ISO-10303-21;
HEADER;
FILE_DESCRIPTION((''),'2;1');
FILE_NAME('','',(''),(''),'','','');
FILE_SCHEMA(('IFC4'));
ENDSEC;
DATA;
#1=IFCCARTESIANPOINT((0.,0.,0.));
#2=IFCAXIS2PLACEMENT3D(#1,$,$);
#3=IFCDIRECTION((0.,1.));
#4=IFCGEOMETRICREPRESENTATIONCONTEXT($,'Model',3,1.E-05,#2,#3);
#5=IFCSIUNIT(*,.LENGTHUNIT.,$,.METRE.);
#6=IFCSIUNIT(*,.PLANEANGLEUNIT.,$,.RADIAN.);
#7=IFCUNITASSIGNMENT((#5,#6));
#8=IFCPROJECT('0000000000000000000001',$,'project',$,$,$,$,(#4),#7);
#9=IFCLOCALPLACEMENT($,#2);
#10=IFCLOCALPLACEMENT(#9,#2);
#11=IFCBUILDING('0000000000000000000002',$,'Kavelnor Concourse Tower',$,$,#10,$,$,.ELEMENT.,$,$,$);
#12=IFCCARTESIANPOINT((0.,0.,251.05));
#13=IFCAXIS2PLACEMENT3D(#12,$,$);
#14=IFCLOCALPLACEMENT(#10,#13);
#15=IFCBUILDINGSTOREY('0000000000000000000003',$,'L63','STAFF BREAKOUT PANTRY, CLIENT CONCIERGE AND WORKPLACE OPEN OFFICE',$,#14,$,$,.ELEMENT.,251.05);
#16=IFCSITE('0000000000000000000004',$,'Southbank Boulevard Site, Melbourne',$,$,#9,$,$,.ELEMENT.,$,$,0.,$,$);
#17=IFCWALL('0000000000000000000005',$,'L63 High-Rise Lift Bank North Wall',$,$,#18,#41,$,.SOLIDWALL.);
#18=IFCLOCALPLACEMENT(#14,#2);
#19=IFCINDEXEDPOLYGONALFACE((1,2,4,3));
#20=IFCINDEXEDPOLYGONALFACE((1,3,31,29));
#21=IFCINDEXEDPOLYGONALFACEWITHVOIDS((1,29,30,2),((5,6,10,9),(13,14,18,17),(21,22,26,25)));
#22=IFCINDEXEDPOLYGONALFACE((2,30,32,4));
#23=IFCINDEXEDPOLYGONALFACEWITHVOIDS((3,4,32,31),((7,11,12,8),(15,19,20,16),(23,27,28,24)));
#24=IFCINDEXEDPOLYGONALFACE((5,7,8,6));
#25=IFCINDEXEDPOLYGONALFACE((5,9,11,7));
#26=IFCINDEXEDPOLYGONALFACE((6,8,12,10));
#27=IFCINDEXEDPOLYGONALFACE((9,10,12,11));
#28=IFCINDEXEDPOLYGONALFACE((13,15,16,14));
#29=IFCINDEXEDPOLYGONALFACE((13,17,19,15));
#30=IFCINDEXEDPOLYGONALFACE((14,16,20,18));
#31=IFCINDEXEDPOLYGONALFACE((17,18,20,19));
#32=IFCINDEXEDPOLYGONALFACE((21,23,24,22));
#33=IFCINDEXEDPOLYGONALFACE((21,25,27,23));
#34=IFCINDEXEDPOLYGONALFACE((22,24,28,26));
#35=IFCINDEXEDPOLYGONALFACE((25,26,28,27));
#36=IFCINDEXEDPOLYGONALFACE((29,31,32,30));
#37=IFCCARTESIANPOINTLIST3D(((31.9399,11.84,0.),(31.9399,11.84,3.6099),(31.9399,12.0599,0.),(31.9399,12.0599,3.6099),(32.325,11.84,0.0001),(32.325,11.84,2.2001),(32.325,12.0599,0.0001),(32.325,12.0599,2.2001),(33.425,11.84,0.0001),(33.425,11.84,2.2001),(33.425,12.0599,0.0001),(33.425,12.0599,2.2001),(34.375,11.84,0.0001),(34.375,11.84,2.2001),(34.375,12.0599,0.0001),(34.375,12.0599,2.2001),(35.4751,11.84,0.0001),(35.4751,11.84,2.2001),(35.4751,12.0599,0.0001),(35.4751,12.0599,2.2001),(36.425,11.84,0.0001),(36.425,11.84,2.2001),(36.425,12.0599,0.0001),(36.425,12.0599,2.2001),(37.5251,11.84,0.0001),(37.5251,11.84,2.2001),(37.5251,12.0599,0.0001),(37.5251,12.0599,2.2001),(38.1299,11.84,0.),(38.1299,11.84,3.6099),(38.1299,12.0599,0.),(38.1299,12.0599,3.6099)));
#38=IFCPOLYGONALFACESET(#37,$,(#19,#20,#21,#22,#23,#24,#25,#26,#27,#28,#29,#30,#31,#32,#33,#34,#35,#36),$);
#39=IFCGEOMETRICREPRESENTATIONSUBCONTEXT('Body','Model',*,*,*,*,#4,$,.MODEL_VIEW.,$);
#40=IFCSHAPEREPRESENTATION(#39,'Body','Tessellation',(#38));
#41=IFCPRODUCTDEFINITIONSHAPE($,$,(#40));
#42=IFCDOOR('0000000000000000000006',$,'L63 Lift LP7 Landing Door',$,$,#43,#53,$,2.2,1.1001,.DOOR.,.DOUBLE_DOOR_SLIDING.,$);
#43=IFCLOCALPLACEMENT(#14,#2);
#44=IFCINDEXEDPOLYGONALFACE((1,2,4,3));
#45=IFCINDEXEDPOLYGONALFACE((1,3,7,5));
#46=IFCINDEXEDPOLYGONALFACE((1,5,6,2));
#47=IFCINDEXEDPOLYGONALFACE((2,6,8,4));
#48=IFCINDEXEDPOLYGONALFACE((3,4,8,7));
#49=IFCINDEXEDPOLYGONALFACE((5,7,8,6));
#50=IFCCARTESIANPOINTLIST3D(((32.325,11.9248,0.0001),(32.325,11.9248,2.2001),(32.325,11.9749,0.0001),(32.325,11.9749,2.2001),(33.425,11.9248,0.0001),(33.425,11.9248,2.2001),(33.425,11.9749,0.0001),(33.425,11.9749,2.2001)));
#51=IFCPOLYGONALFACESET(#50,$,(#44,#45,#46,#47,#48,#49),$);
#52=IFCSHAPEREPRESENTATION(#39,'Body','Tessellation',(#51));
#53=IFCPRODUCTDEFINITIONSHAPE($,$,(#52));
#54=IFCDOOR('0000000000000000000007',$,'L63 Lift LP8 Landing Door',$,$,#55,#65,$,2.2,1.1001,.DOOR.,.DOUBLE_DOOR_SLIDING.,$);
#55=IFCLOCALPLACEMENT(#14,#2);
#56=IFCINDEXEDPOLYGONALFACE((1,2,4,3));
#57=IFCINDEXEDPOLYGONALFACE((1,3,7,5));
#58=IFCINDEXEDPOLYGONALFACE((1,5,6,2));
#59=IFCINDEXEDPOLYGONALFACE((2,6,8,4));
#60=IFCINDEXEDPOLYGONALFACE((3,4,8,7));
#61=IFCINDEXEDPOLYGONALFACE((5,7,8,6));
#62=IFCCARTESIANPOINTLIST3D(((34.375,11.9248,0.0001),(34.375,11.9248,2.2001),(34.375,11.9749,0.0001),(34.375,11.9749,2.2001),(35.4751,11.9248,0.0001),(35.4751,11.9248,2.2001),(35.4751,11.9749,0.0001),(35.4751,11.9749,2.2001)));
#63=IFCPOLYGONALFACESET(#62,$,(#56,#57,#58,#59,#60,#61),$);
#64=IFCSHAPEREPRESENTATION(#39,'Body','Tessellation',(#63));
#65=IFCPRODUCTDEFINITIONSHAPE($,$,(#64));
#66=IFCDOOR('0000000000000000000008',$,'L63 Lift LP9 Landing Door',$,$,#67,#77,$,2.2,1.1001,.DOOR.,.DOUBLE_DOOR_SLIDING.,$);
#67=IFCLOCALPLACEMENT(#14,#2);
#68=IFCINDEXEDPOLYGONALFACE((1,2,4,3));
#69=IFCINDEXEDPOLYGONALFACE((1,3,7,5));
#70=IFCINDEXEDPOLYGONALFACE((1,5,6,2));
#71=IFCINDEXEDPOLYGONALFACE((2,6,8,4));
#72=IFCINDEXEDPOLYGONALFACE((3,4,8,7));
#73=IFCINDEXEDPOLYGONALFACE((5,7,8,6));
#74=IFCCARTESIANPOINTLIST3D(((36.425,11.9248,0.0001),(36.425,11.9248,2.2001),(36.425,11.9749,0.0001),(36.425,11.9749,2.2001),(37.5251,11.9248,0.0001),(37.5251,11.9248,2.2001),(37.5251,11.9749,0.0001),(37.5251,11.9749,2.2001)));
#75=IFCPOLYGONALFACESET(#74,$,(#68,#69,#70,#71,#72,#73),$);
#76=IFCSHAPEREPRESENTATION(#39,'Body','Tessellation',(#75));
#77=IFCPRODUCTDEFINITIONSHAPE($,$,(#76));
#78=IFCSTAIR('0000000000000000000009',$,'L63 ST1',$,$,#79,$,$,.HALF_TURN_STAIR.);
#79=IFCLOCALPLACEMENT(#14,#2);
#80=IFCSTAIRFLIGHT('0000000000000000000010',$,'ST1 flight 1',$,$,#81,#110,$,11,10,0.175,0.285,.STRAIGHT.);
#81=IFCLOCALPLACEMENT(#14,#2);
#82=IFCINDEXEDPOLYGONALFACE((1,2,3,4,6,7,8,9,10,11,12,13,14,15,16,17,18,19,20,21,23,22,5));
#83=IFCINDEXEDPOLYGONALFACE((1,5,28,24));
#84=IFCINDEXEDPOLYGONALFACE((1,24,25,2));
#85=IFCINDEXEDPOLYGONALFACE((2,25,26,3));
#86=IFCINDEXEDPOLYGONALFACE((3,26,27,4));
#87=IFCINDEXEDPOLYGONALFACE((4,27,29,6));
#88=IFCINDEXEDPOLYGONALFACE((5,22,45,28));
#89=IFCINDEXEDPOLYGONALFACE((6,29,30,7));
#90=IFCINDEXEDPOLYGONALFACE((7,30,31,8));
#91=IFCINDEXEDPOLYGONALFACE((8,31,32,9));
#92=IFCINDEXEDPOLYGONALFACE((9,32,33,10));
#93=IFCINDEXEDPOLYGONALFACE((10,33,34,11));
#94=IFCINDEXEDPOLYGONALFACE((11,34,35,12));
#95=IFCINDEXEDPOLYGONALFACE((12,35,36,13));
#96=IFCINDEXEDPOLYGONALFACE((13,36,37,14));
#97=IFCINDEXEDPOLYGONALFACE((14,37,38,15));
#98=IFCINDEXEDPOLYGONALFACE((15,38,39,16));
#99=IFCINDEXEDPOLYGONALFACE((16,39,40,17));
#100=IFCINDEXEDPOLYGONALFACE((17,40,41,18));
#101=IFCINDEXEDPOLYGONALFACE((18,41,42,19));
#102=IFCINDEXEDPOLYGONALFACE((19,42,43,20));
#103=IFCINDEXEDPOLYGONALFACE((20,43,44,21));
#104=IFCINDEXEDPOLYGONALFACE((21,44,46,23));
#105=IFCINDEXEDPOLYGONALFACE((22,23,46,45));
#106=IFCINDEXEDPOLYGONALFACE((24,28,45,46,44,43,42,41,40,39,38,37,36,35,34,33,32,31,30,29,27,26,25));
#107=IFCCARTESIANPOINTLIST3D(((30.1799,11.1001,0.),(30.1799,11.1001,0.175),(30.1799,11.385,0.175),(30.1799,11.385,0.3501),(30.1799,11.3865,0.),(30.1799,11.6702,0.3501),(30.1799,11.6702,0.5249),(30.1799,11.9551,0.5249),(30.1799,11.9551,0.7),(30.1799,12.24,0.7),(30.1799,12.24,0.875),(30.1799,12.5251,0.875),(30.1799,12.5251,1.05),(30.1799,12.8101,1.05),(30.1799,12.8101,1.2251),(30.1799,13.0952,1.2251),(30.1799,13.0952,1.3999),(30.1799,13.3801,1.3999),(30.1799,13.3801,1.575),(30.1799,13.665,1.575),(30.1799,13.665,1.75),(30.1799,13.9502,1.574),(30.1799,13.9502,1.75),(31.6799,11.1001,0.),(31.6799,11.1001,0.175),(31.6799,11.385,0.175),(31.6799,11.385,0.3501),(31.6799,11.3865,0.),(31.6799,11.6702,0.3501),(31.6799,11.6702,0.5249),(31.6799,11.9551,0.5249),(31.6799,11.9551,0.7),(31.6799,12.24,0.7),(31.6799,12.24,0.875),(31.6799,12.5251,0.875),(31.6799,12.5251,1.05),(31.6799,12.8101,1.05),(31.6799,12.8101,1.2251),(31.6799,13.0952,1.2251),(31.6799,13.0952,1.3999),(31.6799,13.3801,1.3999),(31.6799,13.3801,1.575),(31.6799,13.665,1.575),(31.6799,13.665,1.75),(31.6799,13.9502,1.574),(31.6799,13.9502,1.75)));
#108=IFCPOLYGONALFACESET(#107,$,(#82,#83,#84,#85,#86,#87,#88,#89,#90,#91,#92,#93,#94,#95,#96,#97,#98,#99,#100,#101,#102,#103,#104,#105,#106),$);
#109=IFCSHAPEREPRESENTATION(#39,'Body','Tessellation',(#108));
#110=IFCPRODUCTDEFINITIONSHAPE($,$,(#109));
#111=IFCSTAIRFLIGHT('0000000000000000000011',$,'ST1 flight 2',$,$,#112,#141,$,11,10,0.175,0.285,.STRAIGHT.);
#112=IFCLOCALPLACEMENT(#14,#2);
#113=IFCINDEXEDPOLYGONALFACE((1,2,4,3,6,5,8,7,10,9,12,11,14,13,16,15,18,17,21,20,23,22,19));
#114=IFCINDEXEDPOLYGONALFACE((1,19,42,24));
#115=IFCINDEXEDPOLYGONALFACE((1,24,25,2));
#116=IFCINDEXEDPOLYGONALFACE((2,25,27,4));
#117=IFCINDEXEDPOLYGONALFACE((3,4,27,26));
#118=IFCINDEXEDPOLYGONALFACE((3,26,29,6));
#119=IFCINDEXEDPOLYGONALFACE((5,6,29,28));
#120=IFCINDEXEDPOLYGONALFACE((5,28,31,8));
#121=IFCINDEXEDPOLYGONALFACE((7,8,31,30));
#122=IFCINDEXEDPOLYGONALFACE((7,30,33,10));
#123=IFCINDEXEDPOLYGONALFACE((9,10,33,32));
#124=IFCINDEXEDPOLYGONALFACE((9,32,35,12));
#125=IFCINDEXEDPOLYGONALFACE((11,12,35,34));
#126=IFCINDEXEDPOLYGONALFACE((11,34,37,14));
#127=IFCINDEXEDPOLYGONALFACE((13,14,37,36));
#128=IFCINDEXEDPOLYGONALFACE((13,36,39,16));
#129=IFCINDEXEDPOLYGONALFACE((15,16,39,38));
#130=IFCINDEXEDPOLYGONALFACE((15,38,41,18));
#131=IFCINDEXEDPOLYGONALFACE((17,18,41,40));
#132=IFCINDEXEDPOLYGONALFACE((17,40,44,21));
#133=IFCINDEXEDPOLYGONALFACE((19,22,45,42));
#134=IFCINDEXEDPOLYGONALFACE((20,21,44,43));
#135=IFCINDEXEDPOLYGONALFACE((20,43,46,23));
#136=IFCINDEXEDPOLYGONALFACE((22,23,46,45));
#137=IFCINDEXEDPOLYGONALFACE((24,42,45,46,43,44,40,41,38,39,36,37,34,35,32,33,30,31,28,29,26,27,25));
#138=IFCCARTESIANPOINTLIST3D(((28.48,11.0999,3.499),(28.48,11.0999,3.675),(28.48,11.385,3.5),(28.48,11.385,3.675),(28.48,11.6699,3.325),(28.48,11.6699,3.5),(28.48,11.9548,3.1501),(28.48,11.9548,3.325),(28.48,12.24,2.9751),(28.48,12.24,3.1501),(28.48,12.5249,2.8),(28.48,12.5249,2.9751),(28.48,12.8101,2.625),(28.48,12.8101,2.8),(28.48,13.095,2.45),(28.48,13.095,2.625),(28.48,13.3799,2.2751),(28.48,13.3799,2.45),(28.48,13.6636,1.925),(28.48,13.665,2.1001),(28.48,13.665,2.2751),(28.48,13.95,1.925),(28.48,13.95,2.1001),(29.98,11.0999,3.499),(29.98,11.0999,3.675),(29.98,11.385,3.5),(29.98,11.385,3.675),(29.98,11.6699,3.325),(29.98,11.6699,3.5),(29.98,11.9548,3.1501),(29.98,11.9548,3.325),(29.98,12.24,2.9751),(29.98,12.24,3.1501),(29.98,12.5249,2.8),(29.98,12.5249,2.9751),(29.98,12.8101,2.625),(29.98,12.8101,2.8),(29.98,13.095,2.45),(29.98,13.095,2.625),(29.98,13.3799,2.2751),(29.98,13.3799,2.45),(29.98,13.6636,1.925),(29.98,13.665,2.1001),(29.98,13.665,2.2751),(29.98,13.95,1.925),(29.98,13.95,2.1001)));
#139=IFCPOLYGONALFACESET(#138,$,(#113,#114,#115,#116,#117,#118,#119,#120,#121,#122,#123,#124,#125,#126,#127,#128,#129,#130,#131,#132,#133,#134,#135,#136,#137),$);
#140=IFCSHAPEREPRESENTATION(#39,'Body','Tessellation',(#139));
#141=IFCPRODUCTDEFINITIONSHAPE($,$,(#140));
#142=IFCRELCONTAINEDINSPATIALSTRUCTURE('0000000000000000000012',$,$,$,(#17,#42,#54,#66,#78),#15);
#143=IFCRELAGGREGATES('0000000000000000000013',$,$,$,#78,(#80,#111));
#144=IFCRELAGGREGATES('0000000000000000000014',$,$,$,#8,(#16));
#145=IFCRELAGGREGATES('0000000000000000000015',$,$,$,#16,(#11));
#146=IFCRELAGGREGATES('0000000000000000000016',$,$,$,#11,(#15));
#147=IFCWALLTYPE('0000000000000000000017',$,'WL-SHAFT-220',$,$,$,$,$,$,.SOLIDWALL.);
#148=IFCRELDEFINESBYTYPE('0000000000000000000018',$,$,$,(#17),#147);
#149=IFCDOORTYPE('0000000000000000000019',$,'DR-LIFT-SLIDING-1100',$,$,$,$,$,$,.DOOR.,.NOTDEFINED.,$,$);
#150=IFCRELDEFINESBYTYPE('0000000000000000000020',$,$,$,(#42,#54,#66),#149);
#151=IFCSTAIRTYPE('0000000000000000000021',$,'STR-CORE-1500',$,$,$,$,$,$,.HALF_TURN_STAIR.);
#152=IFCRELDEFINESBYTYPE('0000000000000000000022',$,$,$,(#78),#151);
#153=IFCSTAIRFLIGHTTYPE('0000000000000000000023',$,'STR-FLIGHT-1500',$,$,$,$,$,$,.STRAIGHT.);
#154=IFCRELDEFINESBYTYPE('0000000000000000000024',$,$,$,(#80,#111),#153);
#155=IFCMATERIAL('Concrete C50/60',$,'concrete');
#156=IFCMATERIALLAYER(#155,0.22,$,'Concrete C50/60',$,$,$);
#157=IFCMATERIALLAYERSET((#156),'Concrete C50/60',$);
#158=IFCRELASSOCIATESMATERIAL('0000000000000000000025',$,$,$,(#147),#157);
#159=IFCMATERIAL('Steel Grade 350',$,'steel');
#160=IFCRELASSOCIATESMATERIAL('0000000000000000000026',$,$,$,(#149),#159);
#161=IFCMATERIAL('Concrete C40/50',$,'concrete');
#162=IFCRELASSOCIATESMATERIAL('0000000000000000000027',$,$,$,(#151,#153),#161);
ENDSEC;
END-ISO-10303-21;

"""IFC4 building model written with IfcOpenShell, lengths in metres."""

from ifc_helpers import new_model, si_unit, direction, frame, frame_2d, origin, place, context, subcontext, project, spatial, polyline, rectangle, outline, extrude, material, layer, layer_set, type_object, element, fill, aggregate, save


model = new_model("IFC4")

# Units and contexts
model_context = context("Model", 3, precision=1e-05, world=origin(), true_north=direction((0.0, 1.0)))
body_context = subcontext(model_context, "Body", "Model", "MODEL_VIEW")
ifc_project = project(units=[si_unit("LENGTHUNIT", "METRE"), si_unit("PLANEANGLEUNIT", "RADIAN")], contexts=[model_context])

# Site, building, storey
site_placement = place(None, origin())
site = spatial("IfcSite", under=ifc_project, at=site_placement, Name="Southbank Boulevard Site, Melbourne", CompositionType="ELEMENT", RefElevation=0.0)
building_placement = place(site_placement, origin())
building = spatial("IfcBuilding", under=site, at=building_placement, Name="Kavelnor Concourse Tower", CompositionType="ELEMENT")
storey_placement = place(building_placement, frame((0.0, 0.0, 251.05)))
storey = spatial("IfcBuildingStorey", under=building, at=storey_placement, Name="L63", Description="STAFF BREAKOUT PANTRY, CLIENT CONCIERGE AND WORKPLACE OPEN OFFICE", CompositionType="ELEMENT", Elevation=251.05)

# Shared definitions
ifc_material_1 = material(Name="Steel Grade 350", Category="steel")

# Shared definitions
ifc_material_2 = material(Name="Concrete C50/60", Category="concrete")
ifc_layer_1 = layer(ifc_material_2, 0.22, Name="Concrete C50/60")
ifc_layer_set_1 = layer_set([ifc_layer_1], Name="Concrete C50/60")
wall_type_1 = type_object("IfcWallType", Name="WL-SHAFT-220", PredefinedType="SOLIDWALL", material=ifc_layer_set_1)

# Wall, openings, doors
wall_1_placement = place(storey_placement, frame((31.9399, 11.95, 0.0), z_axis=(0.0, 0.0, 1.0), x_axis=(1.0, 0.0, 0.0)))
wall_1 = element("IfcWall", 1, at=wall_1_placement, inside=storey, type_object=wall_type_1, Name="L63 High-Rise Lift Bank North Wall", PredefinedType="SOLIDWALL", context=body_context, shape_type="SweptSolid", body=[
    extrude(rectangle(XDim=6.1899, YDim=0.22, at=frame_2d((3.095, 0.0))), origin(), (0.0, 0.0, 1.0), 3.6099),
])
opening_1_placement = place(wall_1_placement, frame((0.385, 0.0, 0.0)))
opening_1 = element("IfcOpeningElement", 2, at=opening_1_placement, cuts=wall_1, PredefinedType="OPENING", context=body_context, shape_type="SweptSolid", body=[
    extrude(rectangle(XDim=1.1001, YDim=2.2, at=frame_2d((0.55, 1.1001))), frame((0.0, 0.1201, 0.0), z_axis=(0.0, -1.0, 0.0), x_axis=(1.0, 0.0, 0.0)), (0.0, 0.0, 1.0), 0.24),
])
opening_2_placement = place(wall_1_placement, frame((2.4351, 0.0, 0.0)))
opening_2 = element("IfcOpeningElement", 3, at=opening_2_placement, cuts=wall_1, PredefinedType="OPENING", context=body_context, shape_type="SweptSolid", body=[
    extrude(rectangle(XDim=1.1001, YDim=2.2, at=frame_2d((0.55, 1.1001))), frame((0.0, 0.1201, 0.0), z_axis=(0.0, -1.0, 0.0), x_axis=(1.0, 0.0, 0.0)), (0.0, 0.0, 1.0), 0.24),
])
opening_3_placement = place(wall_1_placement, frame((4.4851, 0.0, 0.0)))
opening_3 = element("IfcOpeningElement", 4, at=opening_3_placement, cuts=wall_1, PredefinedType="OPENING", context=body_context, shape_type="SweptSolid", body=[
    extrude(rectangle(XDim=1.1001, YDim=2.2, at=frame_2d((0.55, 1.1001))), frame((0.0, 0.1201, 0.0), z_axis=(0.0, -1.0, 0.0), x_axis=(1.0, 0.0, 0.0)), (0.0, 0.0, 1.0), 0.24),
])
door_type_1 = type_object("IfcDoorType", Name="DR-LIFT-SLIDING-1100", OperationType="NOTDEFINED", PredefinedType="DOOR", material=ifc_material_1)
door_1_placement = place(opening_1_placement, origin())
door_1 = element("IfcDoor", 5, at=door_1_placement, inside=storey, type_object=door_type_1, Name="L63 Lift LP7 Landing Door", OperationType="DOUBLE_DOOR_SLIDING", OverallHeight=2.2, OverallWidth=1.1001, PredefinedType="DOOR", context=body_context, shape_type="SweptSolid", body=[
    extrude(rectangle(XDim=1.1001, YDim=2.2, at=frame_2d((0.55, 1.1001))), frame((0.0, 0.0249, 0.0), z_axis=(0.0, -1.0, 0.0), x_axis=(1.0, 0.0, 0.0)), (0.0, 0.0, 1.0), 0.05),
])
fill(opening_1, door_1)
door_2_placement = place(opening_2_placement, origin())
door_2 = element("IfcDoor", 6, at=door_2_placement, inside=storey, type_object=door_type_1, Name="L63 Lift LP8 Landing Door", OperationType="DOUBLE_DOOR_SLIDING", OverallHeight=2.2, OverallWidth=1.1001, PredefinedType="DOOR", context=body_context, shape_type="SweptSolid", body=[
    extrude(rectangle(XDim=1.1001, YDim=2.2, at=frame_2d((0.55, 1.1001))), frame((0.0, 0.0249, 0.0), z_axis=(0.0, -1.0, 0.0), x_axis=(1.0, 0.0, 0.0)), (0.0, 0.0, 1.0), 0.05),
])
fill(opening_2, door_2)
door_3_placement = place(opening_3_placement, origin())
door_3 = element("IfcDoor", 7, at=door_3_placement, inside=storey, type_object=door_type_1, Name="L63 Lift LP9 Landing Door", OperationType="DOUBLE_DOOR_SLIDING", OverallHeight=2.2, OverallWidth=1.1001, PredefinedType="DOOR", context=body_context, shape_type="SweptSolid", body=[
    extrude(rectangle(XDim=1.1001, YDim=2.2, at=frame_2d((0.55, 1.1001))), frame((0.0, 0.0249, 0.0), z_axis=(0.0, -1.0, 0.0), x_axis=(1.0, 0.0, 0.0)), (0.0, 0.0, 1.0), 0.05),
])
fill(opening_3, door_3)

# Stair, stair flights
ifc_material_3 = material(Name="Concrete C40/50", Category="concrete")
stair_type = type_object("IfcStairType", Name="STR-CORE-1500", PredefinedType="HALF_TURN_STAIR", material=ifc_material_3)
stair_placement = place(storey_placement, origin())
stair = element("IfcStair", 8, at=stair_placement, inside=storey, type_object=stair_type, Name="L63 ST1", PredefinedType="HALF_TURN_STAIR")
stair_flight_type = type_object("IfcStairFlightType", Name="STR-FLIGHT-1500", PredefinedType="STRAIGHT", material=ifc_material_3)
stair_flight_1_placement = place(storey_placement, frame((30.9299, 11.1001, 0.0), z_axis=(0.0, 0.0, 1.0), x_axis=(0.0, 1.0, 0.0)))
stair_flight_1 = element("IfcStairFlight", 9, at=stair_flight_1_placement, type_object=stair_flight_type, Name="ST1 flight 1", NumberOfRisers=11, NumberOfTreads=10, PredefinedType="STRAIGHT", RiserHeight=0.175, TreadLength=0.285, context=body_context, shape_type="SweptSolid", body=[
    extrude(outline(polyline([(0.0, 0.0), (0.0, 0.175), (0.2849, 0.175), (0.2849, 0.3501), (0.5701, 0.3501), (0.5701, 0.5249), (0.855, 0.5249), (0.855, 0.7), (1.1399, 0.7), (1.1399, 0.875), (1.425, 0.875), (1.425, 1.05), (1.71, 1.05), (1.71, 1.2251), (1.9951, 1.2251), (1.9951, 1.3999), (2.28, 1.3999), (2.28, 1.575), (2.5649, 1.575), (2.5649, 1.75), (2.8501, 1.75), (2.8501, 1.925), (2.8501, 1.574), (0.2864, 0.0), (0.0, 0.0)])), frame((0.0, 0.75, 0.0), z_axis=(0.0, -1.0, 0.0), x_axis=(1.0, 0.0, 0.0)), (0.0, 0.0, 1.0), 1.5),
])
stair_flight_2_placement = place(storey_placement, frame((29.23, 13.95, 1.925), z_axis=(0.0, 0.0, 1.0), x_axis=(0.0, -1.0, 0.0)))
stair_flight_2 = element("IfcStairFlight", 10, at=stair_flight_2_placement, type_object=stair_flight_type, Name="ST1 flight 2", NumberOfRisers=11, NumberOfTreads=10, PredefinedType="STRAIGHT", RiserHeight=0.175, TreadLength=0.285, context=body_context, shape_type="SweptSolid", body=[
    extrude(outline(polyline([(0.0, 0.0), (0.0, 0.175), (0.2849, 0.175), (0.2849, 0.3501), (0.5701, 0.3501), (0.5701, 0.5249), (0.855, 0.5249), (0.855, 0.7), (1.1399, 0.7), (1.1399, 0.875), (1.425, 0.875), (1.425, 1.05), (1.71, 1.05), (1.71, 1.2251), (1.9951, 1.2251), (1.9951, 1.3999), (2.28, 1.3999), (2.28, 1.575), (2.5649, 1.575), (2.5649, 1.75), (2.8501, 1.75), (2.8501, 1.925), (2.8501, 1.574), (0.2864, 0.0), (0.0, 0.0)])), frame((0.0, 0.75, 0.0), z_axis=(0.0, -1.0, 0.0), x_axis=(1.0, 0.0, 0.0)), (0.0, 0.0, 1.0), 1.5),
])
aggregate(stair, [stair_flight_1, stair_flight_2])

save(model, "model.ifc")
